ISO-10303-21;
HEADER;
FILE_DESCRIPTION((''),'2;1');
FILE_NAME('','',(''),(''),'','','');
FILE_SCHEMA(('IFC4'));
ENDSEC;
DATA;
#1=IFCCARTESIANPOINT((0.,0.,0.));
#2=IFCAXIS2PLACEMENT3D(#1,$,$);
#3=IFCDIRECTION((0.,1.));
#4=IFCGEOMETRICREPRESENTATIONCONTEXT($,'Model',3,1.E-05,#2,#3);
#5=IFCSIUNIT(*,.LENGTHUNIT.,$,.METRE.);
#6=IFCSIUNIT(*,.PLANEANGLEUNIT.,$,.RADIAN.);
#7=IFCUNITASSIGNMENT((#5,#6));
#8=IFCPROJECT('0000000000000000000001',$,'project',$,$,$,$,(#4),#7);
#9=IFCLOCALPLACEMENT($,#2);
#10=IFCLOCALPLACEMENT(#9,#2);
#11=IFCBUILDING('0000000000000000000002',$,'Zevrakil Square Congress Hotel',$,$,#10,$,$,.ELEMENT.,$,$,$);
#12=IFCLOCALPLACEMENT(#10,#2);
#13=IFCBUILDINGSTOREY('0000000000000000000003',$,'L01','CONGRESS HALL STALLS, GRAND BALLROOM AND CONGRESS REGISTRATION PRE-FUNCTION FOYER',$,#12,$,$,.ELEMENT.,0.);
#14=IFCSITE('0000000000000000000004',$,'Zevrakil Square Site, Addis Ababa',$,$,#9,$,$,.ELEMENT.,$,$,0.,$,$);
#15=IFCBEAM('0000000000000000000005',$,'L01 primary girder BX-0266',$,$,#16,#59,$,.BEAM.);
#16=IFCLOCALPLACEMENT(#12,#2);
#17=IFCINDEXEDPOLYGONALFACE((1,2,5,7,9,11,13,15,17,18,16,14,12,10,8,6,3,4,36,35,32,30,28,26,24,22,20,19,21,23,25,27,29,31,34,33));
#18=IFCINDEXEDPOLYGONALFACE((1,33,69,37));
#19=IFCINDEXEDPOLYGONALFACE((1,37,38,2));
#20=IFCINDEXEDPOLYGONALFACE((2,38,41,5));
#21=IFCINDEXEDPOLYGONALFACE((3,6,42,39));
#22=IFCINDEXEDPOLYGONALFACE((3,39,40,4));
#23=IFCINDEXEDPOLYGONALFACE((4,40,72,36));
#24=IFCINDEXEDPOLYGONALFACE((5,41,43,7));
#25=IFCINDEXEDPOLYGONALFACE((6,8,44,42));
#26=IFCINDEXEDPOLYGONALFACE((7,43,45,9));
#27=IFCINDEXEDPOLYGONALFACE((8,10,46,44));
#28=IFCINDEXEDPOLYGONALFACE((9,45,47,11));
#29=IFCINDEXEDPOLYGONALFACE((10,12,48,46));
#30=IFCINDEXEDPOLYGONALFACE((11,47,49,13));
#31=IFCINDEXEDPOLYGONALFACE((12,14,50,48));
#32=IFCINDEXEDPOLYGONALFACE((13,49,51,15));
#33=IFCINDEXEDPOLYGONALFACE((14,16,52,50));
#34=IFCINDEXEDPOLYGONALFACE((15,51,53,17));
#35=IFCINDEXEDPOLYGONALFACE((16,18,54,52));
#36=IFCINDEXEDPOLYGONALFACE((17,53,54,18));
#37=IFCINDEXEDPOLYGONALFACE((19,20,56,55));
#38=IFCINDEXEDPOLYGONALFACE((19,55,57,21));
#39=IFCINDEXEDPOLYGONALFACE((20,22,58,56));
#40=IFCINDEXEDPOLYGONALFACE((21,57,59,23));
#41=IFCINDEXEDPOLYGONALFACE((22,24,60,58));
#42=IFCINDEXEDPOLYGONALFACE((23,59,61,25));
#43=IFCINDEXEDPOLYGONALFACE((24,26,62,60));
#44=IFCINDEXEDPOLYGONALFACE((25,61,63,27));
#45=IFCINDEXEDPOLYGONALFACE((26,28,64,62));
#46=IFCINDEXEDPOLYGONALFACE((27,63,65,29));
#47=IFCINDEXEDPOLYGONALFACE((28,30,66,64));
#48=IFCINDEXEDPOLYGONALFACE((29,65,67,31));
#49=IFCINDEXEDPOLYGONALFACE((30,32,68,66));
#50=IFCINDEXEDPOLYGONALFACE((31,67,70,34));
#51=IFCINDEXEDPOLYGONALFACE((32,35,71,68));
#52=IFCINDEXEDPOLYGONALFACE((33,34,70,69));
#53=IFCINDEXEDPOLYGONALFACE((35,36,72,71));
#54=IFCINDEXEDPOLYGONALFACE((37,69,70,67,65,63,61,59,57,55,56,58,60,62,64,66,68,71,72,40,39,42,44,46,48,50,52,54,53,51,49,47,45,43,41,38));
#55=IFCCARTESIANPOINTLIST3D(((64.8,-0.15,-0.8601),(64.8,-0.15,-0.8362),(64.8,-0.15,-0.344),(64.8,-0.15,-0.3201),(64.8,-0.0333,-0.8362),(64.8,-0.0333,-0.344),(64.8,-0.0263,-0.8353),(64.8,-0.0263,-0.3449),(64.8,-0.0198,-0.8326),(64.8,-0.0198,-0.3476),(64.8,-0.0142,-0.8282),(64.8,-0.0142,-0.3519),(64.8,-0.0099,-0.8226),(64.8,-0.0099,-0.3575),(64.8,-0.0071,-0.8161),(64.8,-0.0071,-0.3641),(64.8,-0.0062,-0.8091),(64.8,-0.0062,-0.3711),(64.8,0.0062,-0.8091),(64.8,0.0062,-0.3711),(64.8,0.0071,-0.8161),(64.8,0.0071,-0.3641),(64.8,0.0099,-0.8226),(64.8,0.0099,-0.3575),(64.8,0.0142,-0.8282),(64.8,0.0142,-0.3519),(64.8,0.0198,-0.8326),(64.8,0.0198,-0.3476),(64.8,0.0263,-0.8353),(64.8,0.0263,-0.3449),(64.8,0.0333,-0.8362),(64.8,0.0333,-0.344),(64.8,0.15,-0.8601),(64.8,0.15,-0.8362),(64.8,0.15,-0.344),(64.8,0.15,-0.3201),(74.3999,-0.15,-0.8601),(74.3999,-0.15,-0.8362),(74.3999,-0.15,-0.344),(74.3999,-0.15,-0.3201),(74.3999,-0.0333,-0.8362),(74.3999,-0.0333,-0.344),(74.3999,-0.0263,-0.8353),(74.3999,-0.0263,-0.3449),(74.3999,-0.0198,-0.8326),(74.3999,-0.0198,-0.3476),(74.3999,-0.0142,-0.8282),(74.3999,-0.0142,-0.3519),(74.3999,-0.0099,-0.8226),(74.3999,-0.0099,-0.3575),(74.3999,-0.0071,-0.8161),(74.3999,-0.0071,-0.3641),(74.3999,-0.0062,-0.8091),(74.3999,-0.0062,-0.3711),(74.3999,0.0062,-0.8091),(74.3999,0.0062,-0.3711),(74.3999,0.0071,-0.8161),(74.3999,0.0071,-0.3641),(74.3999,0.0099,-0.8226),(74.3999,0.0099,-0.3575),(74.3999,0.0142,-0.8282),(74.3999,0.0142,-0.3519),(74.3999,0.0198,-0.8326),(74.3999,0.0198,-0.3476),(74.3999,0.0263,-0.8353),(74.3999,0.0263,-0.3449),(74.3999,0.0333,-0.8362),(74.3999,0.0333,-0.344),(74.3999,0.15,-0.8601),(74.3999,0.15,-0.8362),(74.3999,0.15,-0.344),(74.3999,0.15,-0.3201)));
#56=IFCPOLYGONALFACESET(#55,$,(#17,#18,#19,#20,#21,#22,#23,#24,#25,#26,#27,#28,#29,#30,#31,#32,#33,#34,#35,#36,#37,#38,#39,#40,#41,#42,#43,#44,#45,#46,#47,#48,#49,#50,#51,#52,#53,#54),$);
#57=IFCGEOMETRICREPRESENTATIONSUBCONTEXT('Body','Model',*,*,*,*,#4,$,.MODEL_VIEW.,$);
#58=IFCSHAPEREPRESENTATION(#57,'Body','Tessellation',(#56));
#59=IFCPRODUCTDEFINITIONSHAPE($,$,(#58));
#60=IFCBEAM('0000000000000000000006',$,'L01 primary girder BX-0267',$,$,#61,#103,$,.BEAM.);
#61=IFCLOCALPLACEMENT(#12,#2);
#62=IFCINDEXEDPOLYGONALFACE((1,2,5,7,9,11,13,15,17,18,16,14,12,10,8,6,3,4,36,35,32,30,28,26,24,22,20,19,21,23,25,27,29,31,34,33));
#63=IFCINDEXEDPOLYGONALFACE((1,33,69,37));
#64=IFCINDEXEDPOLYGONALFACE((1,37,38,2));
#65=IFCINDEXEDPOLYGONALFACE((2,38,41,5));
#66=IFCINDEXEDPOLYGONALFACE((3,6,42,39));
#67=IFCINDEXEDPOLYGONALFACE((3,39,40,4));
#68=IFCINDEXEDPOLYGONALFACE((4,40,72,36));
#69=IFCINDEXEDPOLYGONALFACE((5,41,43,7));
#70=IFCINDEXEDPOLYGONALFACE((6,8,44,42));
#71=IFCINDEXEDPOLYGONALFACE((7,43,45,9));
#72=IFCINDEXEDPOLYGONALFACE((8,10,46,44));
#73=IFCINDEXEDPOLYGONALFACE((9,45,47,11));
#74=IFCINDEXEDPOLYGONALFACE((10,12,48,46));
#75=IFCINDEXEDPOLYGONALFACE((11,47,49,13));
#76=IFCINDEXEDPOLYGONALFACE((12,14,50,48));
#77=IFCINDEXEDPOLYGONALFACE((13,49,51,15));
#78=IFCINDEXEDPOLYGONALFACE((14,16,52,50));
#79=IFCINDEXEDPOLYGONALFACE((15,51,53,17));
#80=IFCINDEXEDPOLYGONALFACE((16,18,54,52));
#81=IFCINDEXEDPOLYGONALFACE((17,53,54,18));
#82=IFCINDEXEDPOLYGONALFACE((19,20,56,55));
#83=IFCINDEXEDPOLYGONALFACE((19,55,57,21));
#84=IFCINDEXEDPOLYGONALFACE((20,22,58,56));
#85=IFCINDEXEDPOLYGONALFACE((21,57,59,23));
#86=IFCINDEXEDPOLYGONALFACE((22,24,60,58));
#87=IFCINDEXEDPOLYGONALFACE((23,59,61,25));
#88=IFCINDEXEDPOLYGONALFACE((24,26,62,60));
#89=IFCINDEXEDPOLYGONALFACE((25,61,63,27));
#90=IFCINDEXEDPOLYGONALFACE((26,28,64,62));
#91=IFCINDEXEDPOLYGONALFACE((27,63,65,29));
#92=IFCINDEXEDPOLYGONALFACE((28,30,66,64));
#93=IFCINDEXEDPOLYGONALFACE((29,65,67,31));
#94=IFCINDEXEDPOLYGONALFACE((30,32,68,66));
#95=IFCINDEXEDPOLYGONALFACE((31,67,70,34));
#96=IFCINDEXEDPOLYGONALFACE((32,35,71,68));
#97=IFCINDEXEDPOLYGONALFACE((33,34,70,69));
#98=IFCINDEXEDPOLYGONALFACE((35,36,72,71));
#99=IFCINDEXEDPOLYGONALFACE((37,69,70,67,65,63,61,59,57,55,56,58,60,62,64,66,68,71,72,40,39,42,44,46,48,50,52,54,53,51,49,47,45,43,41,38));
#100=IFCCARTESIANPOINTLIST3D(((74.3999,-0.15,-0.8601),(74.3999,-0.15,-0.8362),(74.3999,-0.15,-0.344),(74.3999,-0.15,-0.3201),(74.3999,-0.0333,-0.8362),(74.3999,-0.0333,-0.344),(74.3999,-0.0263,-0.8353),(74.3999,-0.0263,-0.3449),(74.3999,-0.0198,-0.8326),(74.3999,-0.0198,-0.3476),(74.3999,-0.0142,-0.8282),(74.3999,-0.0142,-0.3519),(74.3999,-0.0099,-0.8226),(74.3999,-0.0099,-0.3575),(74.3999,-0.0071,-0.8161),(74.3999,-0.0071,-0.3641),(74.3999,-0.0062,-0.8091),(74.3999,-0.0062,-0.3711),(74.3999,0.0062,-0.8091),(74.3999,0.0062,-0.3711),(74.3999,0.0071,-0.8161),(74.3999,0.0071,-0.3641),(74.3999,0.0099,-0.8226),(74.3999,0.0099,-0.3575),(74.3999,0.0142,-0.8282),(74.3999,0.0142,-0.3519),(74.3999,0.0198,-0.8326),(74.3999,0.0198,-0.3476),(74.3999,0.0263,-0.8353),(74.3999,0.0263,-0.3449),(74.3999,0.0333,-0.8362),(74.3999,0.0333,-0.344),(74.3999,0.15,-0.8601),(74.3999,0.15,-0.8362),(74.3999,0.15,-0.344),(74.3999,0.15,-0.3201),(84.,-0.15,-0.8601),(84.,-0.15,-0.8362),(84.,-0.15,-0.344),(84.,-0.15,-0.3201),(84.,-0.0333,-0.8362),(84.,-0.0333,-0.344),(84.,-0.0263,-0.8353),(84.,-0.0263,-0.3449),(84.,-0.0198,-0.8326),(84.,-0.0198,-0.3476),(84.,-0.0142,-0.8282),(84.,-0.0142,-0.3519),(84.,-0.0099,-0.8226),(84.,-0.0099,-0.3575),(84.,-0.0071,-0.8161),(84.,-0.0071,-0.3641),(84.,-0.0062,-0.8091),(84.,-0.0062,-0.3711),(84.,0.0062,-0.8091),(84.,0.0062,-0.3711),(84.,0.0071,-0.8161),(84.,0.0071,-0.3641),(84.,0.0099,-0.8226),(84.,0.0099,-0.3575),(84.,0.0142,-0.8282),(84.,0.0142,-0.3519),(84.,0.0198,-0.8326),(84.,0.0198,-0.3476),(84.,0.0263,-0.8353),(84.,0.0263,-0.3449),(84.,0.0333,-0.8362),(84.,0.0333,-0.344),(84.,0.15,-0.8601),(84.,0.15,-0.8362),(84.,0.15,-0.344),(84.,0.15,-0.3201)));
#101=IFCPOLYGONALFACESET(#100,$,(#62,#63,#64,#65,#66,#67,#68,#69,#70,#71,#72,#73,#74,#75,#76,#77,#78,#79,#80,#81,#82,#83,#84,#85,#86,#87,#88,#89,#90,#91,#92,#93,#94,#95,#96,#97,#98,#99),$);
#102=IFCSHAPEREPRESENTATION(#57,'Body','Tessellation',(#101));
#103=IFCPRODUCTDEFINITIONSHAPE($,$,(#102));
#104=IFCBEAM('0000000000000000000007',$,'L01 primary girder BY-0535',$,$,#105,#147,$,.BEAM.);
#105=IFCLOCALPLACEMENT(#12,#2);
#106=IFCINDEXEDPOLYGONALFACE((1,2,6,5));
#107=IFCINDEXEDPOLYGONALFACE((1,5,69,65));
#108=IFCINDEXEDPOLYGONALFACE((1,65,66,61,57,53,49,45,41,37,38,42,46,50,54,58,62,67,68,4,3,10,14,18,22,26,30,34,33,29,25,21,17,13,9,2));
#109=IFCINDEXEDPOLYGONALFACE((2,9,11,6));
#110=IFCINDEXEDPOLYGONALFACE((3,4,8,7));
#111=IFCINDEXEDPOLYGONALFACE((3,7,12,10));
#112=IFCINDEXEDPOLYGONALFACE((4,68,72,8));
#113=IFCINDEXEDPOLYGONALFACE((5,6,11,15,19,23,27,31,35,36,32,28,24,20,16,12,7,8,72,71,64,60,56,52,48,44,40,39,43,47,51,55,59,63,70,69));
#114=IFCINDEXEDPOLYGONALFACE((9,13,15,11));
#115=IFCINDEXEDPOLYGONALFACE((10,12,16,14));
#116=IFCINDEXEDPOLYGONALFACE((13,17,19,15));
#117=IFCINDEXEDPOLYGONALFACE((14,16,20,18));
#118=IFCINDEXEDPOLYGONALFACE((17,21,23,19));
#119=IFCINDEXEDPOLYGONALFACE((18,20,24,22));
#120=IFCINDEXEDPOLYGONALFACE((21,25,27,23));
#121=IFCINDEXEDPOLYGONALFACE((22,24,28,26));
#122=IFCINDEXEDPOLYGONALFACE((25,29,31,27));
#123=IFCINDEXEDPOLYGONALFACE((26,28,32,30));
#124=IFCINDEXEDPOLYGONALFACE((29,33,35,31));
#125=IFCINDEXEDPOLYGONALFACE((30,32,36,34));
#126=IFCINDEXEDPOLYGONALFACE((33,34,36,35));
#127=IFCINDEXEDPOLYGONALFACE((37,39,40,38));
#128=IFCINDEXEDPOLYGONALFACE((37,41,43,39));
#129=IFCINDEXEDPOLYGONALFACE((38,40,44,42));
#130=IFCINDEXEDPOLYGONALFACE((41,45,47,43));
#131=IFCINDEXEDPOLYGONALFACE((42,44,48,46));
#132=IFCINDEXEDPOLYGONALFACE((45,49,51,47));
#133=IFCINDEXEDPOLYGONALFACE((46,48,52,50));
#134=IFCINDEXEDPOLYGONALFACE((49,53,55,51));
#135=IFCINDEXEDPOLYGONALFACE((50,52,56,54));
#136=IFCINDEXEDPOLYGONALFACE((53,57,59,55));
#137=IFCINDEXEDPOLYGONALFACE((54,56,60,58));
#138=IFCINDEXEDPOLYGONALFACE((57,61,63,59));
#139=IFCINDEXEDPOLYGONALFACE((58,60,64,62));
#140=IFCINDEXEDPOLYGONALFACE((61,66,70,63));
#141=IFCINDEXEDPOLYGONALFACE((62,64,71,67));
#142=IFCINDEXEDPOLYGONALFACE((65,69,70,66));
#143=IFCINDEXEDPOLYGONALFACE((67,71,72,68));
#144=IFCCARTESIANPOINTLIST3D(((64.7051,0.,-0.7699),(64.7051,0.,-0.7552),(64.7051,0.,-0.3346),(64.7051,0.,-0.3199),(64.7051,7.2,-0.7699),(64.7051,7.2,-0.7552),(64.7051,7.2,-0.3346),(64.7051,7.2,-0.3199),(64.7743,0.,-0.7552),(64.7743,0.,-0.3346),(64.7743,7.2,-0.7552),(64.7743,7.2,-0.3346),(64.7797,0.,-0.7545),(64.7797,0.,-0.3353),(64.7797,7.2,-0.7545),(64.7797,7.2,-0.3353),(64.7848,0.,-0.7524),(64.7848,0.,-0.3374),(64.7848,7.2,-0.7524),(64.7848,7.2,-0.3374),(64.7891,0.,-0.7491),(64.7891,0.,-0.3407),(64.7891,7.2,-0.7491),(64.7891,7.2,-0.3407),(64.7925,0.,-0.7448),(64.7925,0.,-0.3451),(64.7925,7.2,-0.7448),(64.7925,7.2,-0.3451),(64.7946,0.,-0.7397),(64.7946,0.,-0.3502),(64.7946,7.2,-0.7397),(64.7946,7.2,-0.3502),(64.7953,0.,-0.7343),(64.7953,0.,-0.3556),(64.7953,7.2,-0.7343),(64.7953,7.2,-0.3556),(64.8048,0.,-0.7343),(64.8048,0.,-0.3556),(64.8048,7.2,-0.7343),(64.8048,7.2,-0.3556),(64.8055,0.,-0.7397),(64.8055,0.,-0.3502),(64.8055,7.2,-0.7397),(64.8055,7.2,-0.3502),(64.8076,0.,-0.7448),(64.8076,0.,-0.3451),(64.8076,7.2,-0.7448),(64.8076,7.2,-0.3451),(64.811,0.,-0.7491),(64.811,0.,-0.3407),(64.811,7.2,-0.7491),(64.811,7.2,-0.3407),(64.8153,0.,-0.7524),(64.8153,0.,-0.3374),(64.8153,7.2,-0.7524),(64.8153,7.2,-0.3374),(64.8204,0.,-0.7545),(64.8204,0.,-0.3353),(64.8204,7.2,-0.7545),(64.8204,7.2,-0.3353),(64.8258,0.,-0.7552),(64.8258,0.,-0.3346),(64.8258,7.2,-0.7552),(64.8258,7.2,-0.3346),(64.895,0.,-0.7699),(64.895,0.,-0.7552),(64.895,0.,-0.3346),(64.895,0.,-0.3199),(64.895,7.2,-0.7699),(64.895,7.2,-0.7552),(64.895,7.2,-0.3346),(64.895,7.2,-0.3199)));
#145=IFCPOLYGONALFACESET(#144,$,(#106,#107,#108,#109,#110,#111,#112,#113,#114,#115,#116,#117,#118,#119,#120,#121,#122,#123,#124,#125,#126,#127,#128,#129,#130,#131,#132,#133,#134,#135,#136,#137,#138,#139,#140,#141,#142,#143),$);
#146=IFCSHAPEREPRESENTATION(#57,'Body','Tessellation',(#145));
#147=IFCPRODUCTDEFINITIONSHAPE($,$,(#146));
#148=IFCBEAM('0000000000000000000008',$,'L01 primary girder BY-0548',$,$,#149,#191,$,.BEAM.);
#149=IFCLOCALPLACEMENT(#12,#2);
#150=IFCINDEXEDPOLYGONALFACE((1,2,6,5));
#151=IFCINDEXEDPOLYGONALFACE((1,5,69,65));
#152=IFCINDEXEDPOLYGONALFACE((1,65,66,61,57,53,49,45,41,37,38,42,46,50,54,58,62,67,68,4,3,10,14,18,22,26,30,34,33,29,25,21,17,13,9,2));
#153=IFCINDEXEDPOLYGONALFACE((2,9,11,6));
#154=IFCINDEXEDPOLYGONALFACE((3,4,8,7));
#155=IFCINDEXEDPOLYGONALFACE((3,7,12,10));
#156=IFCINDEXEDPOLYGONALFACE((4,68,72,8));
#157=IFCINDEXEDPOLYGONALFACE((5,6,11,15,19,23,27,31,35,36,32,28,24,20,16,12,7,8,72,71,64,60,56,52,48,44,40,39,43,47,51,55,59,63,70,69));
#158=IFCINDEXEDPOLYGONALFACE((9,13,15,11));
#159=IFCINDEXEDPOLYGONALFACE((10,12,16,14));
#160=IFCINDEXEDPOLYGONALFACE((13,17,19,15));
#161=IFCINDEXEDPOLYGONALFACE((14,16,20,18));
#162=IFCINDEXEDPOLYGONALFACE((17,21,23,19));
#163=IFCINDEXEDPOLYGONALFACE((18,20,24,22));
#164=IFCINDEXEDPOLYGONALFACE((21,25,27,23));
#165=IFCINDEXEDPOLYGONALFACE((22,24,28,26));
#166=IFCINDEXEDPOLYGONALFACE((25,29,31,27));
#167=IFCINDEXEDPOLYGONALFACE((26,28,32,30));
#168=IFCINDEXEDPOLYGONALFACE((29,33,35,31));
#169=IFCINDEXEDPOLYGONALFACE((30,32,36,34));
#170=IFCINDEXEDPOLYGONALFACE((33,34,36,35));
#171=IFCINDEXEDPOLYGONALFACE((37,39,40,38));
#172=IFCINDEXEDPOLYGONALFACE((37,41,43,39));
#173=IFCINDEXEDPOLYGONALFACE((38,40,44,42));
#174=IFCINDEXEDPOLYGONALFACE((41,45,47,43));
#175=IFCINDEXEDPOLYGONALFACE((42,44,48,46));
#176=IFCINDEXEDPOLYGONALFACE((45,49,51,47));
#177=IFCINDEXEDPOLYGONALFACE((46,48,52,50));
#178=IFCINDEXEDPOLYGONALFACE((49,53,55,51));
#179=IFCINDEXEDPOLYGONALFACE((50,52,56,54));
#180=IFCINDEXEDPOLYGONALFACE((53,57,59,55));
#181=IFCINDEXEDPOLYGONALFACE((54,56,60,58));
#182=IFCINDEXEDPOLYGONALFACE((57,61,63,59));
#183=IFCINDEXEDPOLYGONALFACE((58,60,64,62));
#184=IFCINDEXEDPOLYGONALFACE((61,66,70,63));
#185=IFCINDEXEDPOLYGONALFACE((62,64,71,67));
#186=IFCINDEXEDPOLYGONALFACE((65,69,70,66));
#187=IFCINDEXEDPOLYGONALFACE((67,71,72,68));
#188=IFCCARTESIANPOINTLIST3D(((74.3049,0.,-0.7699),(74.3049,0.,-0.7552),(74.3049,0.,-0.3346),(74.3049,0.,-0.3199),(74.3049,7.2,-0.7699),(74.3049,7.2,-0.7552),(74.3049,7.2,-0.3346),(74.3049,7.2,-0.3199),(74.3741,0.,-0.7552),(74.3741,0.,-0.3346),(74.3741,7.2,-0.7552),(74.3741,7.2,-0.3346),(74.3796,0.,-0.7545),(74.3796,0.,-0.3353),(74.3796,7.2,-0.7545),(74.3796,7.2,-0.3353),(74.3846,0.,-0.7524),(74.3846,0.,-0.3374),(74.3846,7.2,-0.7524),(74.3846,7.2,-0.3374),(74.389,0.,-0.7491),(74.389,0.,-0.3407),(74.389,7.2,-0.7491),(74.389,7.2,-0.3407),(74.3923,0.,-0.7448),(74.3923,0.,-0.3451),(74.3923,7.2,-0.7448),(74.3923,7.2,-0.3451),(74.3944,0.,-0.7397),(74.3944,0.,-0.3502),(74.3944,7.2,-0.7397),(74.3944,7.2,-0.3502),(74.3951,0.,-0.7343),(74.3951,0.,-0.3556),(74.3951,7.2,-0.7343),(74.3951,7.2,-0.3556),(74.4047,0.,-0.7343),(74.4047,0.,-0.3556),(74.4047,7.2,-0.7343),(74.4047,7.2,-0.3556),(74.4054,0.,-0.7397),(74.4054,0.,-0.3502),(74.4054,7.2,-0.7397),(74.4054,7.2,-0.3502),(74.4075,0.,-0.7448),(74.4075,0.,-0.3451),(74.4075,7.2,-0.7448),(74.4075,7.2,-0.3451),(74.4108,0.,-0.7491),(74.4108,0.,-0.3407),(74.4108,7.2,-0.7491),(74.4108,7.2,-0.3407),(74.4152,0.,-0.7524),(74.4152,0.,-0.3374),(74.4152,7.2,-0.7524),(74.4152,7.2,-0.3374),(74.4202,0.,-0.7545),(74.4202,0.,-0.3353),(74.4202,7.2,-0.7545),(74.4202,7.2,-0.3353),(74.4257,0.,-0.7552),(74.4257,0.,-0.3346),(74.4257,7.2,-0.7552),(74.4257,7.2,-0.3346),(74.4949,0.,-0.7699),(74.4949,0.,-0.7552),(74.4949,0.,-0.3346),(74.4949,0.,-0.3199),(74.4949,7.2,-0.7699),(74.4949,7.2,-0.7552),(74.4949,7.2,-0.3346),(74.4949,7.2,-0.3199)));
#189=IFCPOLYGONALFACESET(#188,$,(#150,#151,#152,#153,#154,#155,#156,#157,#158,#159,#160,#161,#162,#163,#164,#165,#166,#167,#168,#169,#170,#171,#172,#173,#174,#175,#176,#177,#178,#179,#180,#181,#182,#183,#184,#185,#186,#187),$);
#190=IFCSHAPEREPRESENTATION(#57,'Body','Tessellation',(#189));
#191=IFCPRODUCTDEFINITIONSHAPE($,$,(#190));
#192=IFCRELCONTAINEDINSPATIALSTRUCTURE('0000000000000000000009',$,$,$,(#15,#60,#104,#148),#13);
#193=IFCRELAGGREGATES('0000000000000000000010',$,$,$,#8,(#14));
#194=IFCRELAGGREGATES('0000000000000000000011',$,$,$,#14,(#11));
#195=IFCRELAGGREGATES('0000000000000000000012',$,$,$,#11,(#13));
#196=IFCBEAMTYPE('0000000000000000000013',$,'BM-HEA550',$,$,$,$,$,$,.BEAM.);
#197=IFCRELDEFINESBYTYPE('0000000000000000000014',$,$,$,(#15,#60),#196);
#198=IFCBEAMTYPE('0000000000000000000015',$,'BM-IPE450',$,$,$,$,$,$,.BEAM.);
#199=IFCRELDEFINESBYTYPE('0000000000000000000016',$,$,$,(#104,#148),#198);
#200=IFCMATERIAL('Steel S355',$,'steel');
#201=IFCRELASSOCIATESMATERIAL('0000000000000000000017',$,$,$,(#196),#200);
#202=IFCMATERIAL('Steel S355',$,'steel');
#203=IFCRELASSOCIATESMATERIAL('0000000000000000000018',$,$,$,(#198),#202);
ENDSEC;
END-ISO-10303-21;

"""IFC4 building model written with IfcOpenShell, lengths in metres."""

from ifc_helpers import new_model, si_unit, direction, frame, origin, origin_2d, place, context, subcontext, project, spatial, i_section, extrude, material, material_profile, profile_set, type_object, element, save


model = new_model("IFC4")

# Units and contexts
model_context = context("Model", 3, precision=1e-05, world=origin(), true_north=direction((0.0, 1.0)))
body_context = subcontext(model_context, "Body", "Model", "MODEL_VIEW")
ifc_project = project(units=[si_unit("LENGTHUNIT", "METRE"), si_unit("PLANEANGLEUNIT", "RADIAN")], contexts=[model_context])

# Site, building, storey
site_placement = place(None, origin())
site = spatial("IfcSite", under=ifc_project, at=site_placement, Name="Zevrakil Square Site, Addis Ababa", CompositionType="ELEMENT", RefElevation=0.0)
building_placement = place(site_placement, origin())
building = spatial("IfcBuilding", under=site, at=building_placement, Name="Zevrakil Square Congress Hotel", CompositionType="ELEMENT")
storey_placement = place(building_placement, origin())
storey = spatial("IfcBuildingStorey", under=building, at=storey_placement, Name="L01", Description="CONGRESS HALL STALLS, GRAND BALLROOM AND CONGRESS REGISTRATION PRE-FUNCTION FOYER", CompositionType="ELEMENT", Elevation=0.0)

# Beams
ifc_material_1 = material(Name="Steel S355", Category="steel")
ifc_material_profile_1 = material_profile(ifc_material_1, i_section(OverallWidth=0.3, OverallDepth=0.54, WebThickness=0.0125, FlangeThickness=0.0239, FilletRadius=0.0271, at=origin_2d()), Name="HEA 550")
ifc_profile_set_1 = profile_set([ifc_material_profile_1], Name="Steel S355")
beam_type_1 = type_object("IfcBeamType", Name="BM-HEA550", PredefinedType="BEAM", material=ifc_profile_set_1)
beam_1_placement = place(storey_placement, frame((64.8, 0.0, -0.5901), z_axis=(1.0, 0.0, 0.0), x_axis=(0.0, 1.0, 0.0)))
element("IfcBeam", 1, at=beam_1_placement, inside=storey, type_object=beam_type_1, Name="L01 primary girder BX-0266", PredefinedType="BEAM", context=body_context, shape_type="SweptSolid", body=[
    extrude(i_section(OverallWidth=0.3, OverallDepth=0.54, WebThickness=0.0125, FlangeThickness=0.0239, FilletRadius=0.0271, at=origin_2d()), origin(), (0.0, 0.0, 1.0), 9.5999),
])
beam_2_placement = place(storey_placement, frame((74.3999, 0.0, -0.5901), z_axis=(1.0, 0.0, 0.0), x_axis=(0.0, 1.0, 0.0)))
element("IfcBeam", 2, at=beam_2_placement, inside=storey, type_object=beam_type_1, Name="L01 primary girder BX-0267", PredefinedType="BEAM", context=body_context, shape_type="SweptSolid", body=[
    extrude(i_section(OverallWidth=0.3, OverallDepth=0.54, WebThickness=0.0125, FlangeThickness=0.0239, FilletRadius=0.0271, at=origin_2d()), origin(), (0.0, 0.0, 1.0), 9.6001),
])
ifc_material_2 = material(Name="Steel S355", Category="steel")
ifc_material_profile_2 = material_profile(ifc_material_2, i_section(OverallWidth=0.1899, OverallDepth=0.45, WebThickness=0.0095, FlangeThickness=0.0146, FilletRadius=0.021, at=origin_2d()), Name="IPE 450")
ifc_profile_set_2 = profile_set([ifc_material_profile_2], Name="Steel S355")
beam_type_2 = type_object("IfcBeamType", Name="BM-IPE450", PredefinedType="BEAM", material=ifc_profile_set_2)
for number, where, z_axis, x_axis, name in (
    (3, (64.8, 0.0, -0.5449), (0.0, 1.0, 0.0), (-1.0, 0.0, 0.0), "L01 primary girder BY-0535"),
    (4, (74.3999, 0.0, -0.5449), (0.0, 1.0, 0.0), (-1.0, 0.0, 0.0), "L01 primary girder BY-0548"),
):
    element("IfcBeam", number, at=place(storey_placement, frame(where, z_axis=z_axis, x_axis=x_axis)), inside=storey, type_object=beam_type_2, Name=name, PredefinedType="BEAM", context=body_context, shape_type="SweptSolid", body=[
        extrude(i_section(OverallWidth=0.1899, OverallDepth=0.45, WebThickness=0.0095, FlangeThickness=0.0146, FilletRadius=0.021, at=origin_2d()), origin(), (0.0, 0.0, 1.0), 7.2),
    ])

save(model, "model.ifc")
